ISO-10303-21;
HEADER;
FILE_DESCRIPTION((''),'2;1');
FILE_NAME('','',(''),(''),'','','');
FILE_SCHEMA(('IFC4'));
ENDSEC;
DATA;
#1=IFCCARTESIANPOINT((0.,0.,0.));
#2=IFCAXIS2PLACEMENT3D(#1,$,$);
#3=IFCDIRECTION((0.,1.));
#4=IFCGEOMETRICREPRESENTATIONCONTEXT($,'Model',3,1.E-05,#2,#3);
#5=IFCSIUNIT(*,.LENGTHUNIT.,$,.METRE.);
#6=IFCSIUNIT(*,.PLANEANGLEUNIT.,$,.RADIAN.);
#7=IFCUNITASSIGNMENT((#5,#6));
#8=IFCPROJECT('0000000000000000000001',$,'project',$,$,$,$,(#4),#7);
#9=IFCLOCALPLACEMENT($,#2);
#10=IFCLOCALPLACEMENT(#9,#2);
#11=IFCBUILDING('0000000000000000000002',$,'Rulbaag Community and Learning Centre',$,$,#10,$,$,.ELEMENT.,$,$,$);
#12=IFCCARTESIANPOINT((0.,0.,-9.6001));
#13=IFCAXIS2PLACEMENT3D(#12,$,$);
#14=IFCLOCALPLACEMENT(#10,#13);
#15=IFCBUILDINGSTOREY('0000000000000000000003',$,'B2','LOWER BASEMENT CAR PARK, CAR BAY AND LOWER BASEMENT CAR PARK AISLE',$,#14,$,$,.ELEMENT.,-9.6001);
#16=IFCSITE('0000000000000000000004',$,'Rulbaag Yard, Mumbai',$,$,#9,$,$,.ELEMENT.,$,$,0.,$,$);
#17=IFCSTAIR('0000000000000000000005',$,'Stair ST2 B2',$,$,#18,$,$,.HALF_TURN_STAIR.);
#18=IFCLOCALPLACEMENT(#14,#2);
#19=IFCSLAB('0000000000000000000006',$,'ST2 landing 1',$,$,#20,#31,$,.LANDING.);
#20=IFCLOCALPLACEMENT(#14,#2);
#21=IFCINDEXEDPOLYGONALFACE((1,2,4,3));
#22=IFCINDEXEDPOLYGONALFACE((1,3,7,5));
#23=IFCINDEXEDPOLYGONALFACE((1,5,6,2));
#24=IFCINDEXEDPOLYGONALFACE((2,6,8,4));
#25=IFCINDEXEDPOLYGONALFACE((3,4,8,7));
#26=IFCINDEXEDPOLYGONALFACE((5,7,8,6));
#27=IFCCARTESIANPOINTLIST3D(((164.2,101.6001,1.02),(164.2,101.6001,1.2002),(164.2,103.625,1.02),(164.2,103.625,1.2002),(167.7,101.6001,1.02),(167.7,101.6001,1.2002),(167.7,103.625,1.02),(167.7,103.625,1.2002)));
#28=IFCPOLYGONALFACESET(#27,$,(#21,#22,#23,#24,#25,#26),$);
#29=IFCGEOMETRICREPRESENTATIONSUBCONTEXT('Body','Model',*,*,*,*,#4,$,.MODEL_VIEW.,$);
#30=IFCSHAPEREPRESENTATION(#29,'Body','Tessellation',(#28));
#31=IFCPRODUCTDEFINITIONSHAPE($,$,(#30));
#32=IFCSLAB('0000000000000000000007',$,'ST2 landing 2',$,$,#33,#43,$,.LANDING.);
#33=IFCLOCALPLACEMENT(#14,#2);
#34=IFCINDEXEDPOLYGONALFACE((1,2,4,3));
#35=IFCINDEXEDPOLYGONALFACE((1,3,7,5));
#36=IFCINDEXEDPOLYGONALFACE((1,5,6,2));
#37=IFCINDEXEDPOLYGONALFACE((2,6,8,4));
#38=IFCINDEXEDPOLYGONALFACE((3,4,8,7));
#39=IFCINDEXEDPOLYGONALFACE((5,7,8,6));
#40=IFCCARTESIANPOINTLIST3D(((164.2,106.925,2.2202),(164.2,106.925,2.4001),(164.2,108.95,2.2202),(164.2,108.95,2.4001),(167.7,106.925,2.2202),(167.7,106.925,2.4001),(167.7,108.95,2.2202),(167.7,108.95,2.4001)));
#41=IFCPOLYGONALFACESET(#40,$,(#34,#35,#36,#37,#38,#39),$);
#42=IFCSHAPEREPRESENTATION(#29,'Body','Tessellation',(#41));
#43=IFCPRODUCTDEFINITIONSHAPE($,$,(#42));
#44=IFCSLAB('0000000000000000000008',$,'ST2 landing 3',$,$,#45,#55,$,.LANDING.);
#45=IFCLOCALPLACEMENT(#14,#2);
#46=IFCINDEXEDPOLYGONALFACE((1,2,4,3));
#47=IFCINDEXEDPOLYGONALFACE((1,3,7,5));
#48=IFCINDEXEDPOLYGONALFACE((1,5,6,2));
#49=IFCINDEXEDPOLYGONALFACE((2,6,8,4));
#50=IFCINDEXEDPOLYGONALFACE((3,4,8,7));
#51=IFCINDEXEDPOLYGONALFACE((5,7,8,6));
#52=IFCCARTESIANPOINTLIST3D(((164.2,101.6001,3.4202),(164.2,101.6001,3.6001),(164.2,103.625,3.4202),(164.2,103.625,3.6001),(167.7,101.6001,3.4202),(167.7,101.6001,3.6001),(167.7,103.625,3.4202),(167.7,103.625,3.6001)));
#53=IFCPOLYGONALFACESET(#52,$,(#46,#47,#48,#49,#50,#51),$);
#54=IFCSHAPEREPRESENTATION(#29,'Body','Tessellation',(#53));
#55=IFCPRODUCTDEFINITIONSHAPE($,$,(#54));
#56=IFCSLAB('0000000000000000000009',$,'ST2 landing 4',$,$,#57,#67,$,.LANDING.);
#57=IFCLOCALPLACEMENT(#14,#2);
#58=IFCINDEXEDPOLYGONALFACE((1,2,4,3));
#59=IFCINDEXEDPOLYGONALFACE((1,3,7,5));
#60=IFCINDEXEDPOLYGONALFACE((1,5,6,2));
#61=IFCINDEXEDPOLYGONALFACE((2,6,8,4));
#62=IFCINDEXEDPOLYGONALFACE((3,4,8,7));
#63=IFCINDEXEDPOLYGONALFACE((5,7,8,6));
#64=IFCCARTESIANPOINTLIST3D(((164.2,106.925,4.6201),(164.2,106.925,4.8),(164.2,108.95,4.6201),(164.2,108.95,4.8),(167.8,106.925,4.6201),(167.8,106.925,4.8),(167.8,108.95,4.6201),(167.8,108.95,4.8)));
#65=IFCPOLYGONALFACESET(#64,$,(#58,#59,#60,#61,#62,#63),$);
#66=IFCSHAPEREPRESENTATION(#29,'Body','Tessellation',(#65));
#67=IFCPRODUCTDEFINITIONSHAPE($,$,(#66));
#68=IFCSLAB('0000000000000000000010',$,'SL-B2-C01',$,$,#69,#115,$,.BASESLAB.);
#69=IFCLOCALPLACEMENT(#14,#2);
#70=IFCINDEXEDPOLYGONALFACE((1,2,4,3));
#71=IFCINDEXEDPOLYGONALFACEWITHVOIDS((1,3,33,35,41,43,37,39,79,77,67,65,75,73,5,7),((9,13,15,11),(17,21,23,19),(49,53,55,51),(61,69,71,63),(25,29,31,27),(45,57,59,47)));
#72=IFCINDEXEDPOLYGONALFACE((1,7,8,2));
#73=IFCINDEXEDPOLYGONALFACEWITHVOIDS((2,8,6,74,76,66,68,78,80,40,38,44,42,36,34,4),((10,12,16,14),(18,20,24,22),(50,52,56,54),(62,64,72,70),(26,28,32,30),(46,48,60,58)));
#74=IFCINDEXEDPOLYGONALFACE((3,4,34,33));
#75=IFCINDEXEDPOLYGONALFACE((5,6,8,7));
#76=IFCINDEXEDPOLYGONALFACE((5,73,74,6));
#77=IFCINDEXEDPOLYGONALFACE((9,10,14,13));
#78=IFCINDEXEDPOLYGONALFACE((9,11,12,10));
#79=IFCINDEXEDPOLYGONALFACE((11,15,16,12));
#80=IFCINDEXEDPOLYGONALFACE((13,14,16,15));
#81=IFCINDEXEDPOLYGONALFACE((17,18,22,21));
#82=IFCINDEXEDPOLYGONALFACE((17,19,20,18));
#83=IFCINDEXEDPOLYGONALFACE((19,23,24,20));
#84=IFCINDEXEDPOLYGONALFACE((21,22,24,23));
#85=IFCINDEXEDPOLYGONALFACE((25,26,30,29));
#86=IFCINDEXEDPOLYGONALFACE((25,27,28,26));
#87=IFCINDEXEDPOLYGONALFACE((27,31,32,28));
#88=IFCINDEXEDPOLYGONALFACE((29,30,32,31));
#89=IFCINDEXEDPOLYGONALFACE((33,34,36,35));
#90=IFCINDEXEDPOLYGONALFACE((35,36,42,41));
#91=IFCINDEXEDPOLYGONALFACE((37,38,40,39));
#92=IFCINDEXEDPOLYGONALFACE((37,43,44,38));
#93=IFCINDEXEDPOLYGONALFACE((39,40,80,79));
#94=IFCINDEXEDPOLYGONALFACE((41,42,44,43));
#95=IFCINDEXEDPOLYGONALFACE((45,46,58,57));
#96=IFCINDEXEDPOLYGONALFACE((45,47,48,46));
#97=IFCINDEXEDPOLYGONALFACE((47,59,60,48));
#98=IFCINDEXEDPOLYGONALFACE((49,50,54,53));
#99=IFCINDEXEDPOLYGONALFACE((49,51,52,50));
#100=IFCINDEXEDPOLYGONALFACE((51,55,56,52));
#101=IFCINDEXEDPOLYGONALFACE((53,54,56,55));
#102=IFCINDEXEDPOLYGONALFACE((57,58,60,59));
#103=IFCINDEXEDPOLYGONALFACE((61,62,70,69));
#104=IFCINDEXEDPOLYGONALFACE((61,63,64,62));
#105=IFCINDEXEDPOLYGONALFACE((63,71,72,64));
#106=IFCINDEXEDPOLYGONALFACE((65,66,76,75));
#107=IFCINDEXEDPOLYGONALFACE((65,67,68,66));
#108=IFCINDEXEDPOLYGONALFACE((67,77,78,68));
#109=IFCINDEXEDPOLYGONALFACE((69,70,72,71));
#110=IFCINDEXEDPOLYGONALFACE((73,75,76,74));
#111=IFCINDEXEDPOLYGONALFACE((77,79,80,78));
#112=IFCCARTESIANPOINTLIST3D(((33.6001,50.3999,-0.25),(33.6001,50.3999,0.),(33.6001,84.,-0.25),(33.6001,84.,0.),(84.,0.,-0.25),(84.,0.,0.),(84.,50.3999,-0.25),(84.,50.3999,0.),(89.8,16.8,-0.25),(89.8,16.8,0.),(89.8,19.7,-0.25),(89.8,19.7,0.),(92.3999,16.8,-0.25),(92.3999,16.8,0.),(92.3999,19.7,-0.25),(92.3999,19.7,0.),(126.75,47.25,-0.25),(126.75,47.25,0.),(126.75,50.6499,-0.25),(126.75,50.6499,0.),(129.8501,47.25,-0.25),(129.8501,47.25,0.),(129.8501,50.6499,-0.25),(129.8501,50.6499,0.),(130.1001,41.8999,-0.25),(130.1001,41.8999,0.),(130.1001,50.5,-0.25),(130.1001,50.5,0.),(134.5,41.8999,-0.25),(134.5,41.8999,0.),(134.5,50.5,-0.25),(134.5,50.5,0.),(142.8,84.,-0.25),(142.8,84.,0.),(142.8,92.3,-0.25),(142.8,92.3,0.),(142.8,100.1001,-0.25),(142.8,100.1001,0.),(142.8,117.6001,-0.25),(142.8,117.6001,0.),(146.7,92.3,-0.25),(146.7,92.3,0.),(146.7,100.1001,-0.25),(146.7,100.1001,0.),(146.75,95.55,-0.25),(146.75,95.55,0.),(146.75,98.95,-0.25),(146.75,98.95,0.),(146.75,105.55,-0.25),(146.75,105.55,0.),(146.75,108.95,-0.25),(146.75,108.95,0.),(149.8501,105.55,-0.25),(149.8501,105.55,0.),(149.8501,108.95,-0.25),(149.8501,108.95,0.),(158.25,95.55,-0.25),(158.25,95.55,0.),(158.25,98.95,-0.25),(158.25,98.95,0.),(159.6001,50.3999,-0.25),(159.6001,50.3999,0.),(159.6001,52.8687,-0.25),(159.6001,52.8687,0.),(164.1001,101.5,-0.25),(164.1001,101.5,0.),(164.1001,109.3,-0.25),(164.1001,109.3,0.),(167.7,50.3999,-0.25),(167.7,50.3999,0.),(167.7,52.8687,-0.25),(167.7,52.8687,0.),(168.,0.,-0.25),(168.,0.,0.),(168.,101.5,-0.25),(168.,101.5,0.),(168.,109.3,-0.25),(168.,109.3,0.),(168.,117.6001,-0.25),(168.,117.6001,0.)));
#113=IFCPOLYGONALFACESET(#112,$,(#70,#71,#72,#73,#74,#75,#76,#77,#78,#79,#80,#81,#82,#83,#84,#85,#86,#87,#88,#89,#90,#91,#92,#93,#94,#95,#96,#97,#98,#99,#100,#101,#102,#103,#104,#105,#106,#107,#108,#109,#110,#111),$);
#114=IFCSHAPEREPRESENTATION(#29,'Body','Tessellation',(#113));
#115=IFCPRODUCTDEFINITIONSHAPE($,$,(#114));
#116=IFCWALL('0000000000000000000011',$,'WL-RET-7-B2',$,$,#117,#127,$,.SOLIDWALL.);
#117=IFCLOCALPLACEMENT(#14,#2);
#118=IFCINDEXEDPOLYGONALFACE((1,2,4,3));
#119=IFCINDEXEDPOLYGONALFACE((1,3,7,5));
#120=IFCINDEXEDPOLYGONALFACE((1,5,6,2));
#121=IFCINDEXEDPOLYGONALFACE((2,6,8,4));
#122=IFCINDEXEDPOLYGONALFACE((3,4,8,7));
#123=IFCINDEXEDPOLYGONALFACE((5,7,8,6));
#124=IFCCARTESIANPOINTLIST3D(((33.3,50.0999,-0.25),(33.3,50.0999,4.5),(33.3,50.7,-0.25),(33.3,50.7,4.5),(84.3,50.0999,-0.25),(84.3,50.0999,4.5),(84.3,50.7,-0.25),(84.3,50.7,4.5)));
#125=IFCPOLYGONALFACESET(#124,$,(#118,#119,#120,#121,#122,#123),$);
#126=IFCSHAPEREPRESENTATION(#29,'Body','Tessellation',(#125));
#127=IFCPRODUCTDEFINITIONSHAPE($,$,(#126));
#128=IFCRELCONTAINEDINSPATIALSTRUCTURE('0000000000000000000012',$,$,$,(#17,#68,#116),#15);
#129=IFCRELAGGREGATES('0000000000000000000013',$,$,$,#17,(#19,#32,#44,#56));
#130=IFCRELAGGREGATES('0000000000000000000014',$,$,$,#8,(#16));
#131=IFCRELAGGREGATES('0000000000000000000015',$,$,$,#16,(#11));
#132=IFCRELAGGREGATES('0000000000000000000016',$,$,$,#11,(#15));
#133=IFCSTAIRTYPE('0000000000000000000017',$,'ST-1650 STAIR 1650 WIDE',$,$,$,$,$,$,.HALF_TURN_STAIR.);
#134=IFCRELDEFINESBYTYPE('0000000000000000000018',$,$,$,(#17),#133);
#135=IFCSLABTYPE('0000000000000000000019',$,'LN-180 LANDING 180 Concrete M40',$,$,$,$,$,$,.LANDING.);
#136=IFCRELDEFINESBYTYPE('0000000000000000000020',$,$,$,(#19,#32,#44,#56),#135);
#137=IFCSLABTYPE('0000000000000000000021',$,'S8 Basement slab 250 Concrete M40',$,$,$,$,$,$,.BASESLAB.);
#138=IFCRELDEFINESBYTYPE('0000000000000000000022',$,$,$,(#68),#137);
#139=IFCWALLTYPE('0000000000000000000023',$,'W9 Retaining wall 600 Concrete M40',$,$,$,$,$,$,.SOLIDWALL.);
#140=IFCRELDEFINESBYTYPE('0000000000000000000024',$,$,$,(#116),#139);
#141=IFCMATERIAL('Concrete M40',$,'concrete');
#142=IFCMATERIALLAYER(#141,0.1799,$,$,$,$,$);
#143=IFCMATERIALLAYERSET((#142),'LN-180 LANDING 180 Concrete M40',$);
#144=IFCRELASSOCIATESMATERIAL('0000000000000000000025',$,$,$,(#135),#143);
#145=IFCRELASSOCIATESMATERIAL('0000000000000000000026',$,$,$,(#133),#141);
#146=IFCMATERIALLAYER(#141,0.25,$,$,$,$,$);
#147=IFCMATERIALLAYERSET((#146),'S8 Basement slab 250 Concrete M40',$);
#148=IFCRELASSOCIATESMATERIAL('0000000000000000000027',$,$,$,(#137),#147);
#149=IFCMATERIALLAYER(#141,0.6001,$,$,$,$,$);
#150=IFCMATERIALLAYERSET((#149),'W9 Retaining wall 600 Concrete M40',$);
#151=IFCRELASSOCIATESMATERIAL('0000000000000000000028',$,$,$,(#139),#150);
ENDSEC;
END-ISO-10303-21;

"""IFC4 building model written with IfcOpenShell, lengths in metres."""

from ifc_helpers import new_model, si_unit, direction, frame, frame_2d, origin, place, context, subcontext, project, spatial, polyline, rectangle, outline, extrude, material, layer, layer_set, type_object, element, aggregate, save


model = new_model("IFC4")

# Units and contexts
model_context = context("Model", 3, precision=1e-05, world=origin(), true_north=direction((0.0, 1.0)))
body_context = subcontext(model_context, "Body", "Model", "MODEL_VIEW")
ifc_project = project(units=[si_unit("LENGTHUNIT", "METRE"), si_unit("PLANEANGLEUNIT", "RADIAN")], contexts=[model_context])

# Site, building, storey
site_placement = place(None, origin())
site = spatial("IfcSite", under=ifc_project, at=site_placement, Name="Rulbaag Yard, Mumbai", CompositionType="ELEMENT", RefElevation=0.0)
building_placement = place(site_placement, origin())
building = spatial("IfcBuilding", under=site, at=building_placement, Name="Rulbaag Community and Learning Centre", CompositionType="ELEMENT")
storey_placement = place(building_placement, frame((0.0, 0.0, -9.6001)))
storey = spatial("IfcBuildingStorey", under=building, at=storey_placement, Name="B2", Description="LOWER BASEMENT CAR PARK, CAR BAY AND LOWER BASEMENT CAR PARK AISLE", CompositionType="ELEMENT", Elevation=-9.6001)

# Stair, slabs
ifc_material_1 = material(Name="Concrete M40", Category="concrete")
ifc_layer_1 = layer(ifc_material_1, 0.1799)
ifc_layer_set_1 = layer_set([ifc_layer_1], Name="LN-180 LANDING 180 Concrete M40")
slab_type_1 = type_object("IfcSlabType", Name="LN-180 LANDING 180 Concrete M40", PredefinedType="LANDING", material=ifc_layer_set_1)
stair_type_1 = type_object("IfcStairType", Name="ST-1650 STAIR 1650 WIDE", PredefinedType="HALF_TURN_STAIR", material=ifc_material_1)
stair_1_placement = place(storey_placement, origin())
stair_1 = element("IfcStair", 1, at=stair_1_placement, inside=storey, type_object=stair_type_1, Name="Stair ST2 B2", PredefinedType="HALF_TURN_STAIR")
slab_1_placement = place(storey_placement, frame((0.0, 0.0, 1.02)))
slab_1 = element("IfcSlab", 2, at=slab_1_placement, type_object=slab_type_1, Name="ST2 landing 1", PredefinedType="LANDING", context=body_context, shape_type="SweptSolid", body=[
    extrude(outline(polyline([(164.2, 101.6001), (164.2, 103.625), (167.7, 103.625), (167.7, 101.6001), (164.2, 101.6001)])), origin(), (0.0, 0.0, 1.0), 0.1802),
])
slab_2_placement = place(storey_placement, frame((0.0, 0.0, 2.2202)))
slab_2 = element("IfcSlab", 3, at=slab_2_placement, type_object=slab_type_1, Name="ST2 landing 2", PredefinedType="LANDING", context=body_context, shape_type="SweptSolid", body=[
    extrude(outline(polyline([(164.2, 106.925), (164.2, 108.95), (167.7, 108.95), (167.7, 106.925), (164.2, 106.925)])), origin(), (0.0, 0.0, 1.0), 0.1799),
])
slab_3_placement = place(storey_placement, frame((0.0, 0.0, 3.4202)))
slab_3 = element("IfcSlab", 4, at=slab_3_placement, type_object=slab_type_1, Name="ST2 landing 3", PredefinedType="LANDING", context=body_context, shape_type="SweptSolid", body=[
    extrude(outline(polyline([(164.2, 101.6001), (164.2, 103.625), (167.7, 103.625), (167.7, 101.6001), (164.2, 101.6001)])), origin(), (0.0, 0.0, 1.0), 0.1799),
])
slab_4_placement = place(storey_placement, frame((0.0, 0.0, 4.6201)))
slab_4 = element("IfcSlab", 5, at=slab_4_placement, type_object=slab_type_1, Name="ST2 landing 4", PredefinedType="LANDING", context=body_context, shape_type="SweptSolid", body=[
    extrude(outline(polyline([(164.2, 106.925), (164.2, 108.95), (167.8, 108.95), (167.8, 106.925), (164.2, 106.925)])), origin(), (0.0, 0.0, 1.0), 0.1799),
])
aggregate(stair_1, [slab_1, slab_2, slab_3, slab_4])

# Slab
ifc_layer_2 = layer(ifc_material_1, 0.25)
ifc_layer_set_2 = layer_set([ifc_layer_2], Name="S8 Basement slab 250 Concrete M40")
slab_type_2 = type_object("IfcSlabType", Name="S8 Basement slab 250 Concrete M40", PredefinedType="BASESLAB", material=ifc_layer_set_2)
slab_5_placement = place(storey_placement, frame((0.0, 0.0, -0.25)))
element("IfcSlab", 6, at=slab_5_placement, inside=storey, type_object=slab_type_2, Name="SL-B2-C01", PredefinedType="BASESLAB", context=body_context, shape_type="SweptSolid", body=[
    extrude(outline(polyline([(168.0, 0.0), (84.0, 0.0), (84.0, 50.3999), (33.6001, 50.3999), (33.6001, 84.0), (142.8, 84.0), (142.8, 92.3), (146.7, 92.3), (146.7, 100.1001), (142.8, 100.1001), (142.8, 117.6001), (168.0, 117.6001), (168.0, 109.3), (164.1001, 109.3), (164.1001, 101.5), (168.0, 101.5), (168.0, 0.0)]), holes=[polyline([(89.8, 19.7), (89.8, 16.8), (92.3999, 16.8), (92.3999, 19.7), (89.8, 19.7)]), polyline([(130.1001, 50.5), (130.1001, 41.8999), (134.5, 41.8999), (134.5, 50.5), (130.1001, 50.5)]), polyline([(126.75, 50.6499), (126.75, 47.25), (129.8501, 47.25), (129.8501, 50.6499), (126.75, 50.6499)]), polyline([(159.6001, 52.8687), (159.6001, 50.3999), (167.7, 50.3999), (167.7, 52.8687), (159.6001, 52.8687)]), polyline([(146.75, 98.95), (146.75, 95.55), (158.25, 95.55), (158.25, 98.95), (146.75, 98.95)]), polyline([(146.75, 108.95), (146.75, 105.55), (149.8501, 105.55), (149.8501, 108.95), (146.75, 108.95)])]), origin(), (0.0, 0.0, 1.0), 0.25),
])

# Wall
ifc_layer_3 = layer(ifc_material_1, 0.6001)
ifc_layer_set_3 = layer_set([ifc_layer_3], Name="W9 Retaining wall 600 Concrete M40")
wall_type = type_object("IfcWallType", Name="W9 Retaining wall 600 Concrete M40", PredefinedType="SOLIDWALL", material=ifc_layer_set_3)
wall_placement = place(storey_placement, frame((33.3, 50.3999, -0.25), z_axis=(0.0, 0.0, 1.0), x_axis=(1.0, 0.0, 0.0)))
element("IfcWall", 7, at=wall_placement, inside=storey, type_object=wall_type, Name="WL-RET-7-B2", PredefinedType="SOLIDWALL", context=body_context, shape_type="SweptSolid", body=[
    extrude(rectangle(XDim=51.0, YDim=0.6001, at=frame_2d((25.5, 0.0))), origin(), (0.0, 0.0, 1.0), 4.75),
])

save(model, "model.ifc")
